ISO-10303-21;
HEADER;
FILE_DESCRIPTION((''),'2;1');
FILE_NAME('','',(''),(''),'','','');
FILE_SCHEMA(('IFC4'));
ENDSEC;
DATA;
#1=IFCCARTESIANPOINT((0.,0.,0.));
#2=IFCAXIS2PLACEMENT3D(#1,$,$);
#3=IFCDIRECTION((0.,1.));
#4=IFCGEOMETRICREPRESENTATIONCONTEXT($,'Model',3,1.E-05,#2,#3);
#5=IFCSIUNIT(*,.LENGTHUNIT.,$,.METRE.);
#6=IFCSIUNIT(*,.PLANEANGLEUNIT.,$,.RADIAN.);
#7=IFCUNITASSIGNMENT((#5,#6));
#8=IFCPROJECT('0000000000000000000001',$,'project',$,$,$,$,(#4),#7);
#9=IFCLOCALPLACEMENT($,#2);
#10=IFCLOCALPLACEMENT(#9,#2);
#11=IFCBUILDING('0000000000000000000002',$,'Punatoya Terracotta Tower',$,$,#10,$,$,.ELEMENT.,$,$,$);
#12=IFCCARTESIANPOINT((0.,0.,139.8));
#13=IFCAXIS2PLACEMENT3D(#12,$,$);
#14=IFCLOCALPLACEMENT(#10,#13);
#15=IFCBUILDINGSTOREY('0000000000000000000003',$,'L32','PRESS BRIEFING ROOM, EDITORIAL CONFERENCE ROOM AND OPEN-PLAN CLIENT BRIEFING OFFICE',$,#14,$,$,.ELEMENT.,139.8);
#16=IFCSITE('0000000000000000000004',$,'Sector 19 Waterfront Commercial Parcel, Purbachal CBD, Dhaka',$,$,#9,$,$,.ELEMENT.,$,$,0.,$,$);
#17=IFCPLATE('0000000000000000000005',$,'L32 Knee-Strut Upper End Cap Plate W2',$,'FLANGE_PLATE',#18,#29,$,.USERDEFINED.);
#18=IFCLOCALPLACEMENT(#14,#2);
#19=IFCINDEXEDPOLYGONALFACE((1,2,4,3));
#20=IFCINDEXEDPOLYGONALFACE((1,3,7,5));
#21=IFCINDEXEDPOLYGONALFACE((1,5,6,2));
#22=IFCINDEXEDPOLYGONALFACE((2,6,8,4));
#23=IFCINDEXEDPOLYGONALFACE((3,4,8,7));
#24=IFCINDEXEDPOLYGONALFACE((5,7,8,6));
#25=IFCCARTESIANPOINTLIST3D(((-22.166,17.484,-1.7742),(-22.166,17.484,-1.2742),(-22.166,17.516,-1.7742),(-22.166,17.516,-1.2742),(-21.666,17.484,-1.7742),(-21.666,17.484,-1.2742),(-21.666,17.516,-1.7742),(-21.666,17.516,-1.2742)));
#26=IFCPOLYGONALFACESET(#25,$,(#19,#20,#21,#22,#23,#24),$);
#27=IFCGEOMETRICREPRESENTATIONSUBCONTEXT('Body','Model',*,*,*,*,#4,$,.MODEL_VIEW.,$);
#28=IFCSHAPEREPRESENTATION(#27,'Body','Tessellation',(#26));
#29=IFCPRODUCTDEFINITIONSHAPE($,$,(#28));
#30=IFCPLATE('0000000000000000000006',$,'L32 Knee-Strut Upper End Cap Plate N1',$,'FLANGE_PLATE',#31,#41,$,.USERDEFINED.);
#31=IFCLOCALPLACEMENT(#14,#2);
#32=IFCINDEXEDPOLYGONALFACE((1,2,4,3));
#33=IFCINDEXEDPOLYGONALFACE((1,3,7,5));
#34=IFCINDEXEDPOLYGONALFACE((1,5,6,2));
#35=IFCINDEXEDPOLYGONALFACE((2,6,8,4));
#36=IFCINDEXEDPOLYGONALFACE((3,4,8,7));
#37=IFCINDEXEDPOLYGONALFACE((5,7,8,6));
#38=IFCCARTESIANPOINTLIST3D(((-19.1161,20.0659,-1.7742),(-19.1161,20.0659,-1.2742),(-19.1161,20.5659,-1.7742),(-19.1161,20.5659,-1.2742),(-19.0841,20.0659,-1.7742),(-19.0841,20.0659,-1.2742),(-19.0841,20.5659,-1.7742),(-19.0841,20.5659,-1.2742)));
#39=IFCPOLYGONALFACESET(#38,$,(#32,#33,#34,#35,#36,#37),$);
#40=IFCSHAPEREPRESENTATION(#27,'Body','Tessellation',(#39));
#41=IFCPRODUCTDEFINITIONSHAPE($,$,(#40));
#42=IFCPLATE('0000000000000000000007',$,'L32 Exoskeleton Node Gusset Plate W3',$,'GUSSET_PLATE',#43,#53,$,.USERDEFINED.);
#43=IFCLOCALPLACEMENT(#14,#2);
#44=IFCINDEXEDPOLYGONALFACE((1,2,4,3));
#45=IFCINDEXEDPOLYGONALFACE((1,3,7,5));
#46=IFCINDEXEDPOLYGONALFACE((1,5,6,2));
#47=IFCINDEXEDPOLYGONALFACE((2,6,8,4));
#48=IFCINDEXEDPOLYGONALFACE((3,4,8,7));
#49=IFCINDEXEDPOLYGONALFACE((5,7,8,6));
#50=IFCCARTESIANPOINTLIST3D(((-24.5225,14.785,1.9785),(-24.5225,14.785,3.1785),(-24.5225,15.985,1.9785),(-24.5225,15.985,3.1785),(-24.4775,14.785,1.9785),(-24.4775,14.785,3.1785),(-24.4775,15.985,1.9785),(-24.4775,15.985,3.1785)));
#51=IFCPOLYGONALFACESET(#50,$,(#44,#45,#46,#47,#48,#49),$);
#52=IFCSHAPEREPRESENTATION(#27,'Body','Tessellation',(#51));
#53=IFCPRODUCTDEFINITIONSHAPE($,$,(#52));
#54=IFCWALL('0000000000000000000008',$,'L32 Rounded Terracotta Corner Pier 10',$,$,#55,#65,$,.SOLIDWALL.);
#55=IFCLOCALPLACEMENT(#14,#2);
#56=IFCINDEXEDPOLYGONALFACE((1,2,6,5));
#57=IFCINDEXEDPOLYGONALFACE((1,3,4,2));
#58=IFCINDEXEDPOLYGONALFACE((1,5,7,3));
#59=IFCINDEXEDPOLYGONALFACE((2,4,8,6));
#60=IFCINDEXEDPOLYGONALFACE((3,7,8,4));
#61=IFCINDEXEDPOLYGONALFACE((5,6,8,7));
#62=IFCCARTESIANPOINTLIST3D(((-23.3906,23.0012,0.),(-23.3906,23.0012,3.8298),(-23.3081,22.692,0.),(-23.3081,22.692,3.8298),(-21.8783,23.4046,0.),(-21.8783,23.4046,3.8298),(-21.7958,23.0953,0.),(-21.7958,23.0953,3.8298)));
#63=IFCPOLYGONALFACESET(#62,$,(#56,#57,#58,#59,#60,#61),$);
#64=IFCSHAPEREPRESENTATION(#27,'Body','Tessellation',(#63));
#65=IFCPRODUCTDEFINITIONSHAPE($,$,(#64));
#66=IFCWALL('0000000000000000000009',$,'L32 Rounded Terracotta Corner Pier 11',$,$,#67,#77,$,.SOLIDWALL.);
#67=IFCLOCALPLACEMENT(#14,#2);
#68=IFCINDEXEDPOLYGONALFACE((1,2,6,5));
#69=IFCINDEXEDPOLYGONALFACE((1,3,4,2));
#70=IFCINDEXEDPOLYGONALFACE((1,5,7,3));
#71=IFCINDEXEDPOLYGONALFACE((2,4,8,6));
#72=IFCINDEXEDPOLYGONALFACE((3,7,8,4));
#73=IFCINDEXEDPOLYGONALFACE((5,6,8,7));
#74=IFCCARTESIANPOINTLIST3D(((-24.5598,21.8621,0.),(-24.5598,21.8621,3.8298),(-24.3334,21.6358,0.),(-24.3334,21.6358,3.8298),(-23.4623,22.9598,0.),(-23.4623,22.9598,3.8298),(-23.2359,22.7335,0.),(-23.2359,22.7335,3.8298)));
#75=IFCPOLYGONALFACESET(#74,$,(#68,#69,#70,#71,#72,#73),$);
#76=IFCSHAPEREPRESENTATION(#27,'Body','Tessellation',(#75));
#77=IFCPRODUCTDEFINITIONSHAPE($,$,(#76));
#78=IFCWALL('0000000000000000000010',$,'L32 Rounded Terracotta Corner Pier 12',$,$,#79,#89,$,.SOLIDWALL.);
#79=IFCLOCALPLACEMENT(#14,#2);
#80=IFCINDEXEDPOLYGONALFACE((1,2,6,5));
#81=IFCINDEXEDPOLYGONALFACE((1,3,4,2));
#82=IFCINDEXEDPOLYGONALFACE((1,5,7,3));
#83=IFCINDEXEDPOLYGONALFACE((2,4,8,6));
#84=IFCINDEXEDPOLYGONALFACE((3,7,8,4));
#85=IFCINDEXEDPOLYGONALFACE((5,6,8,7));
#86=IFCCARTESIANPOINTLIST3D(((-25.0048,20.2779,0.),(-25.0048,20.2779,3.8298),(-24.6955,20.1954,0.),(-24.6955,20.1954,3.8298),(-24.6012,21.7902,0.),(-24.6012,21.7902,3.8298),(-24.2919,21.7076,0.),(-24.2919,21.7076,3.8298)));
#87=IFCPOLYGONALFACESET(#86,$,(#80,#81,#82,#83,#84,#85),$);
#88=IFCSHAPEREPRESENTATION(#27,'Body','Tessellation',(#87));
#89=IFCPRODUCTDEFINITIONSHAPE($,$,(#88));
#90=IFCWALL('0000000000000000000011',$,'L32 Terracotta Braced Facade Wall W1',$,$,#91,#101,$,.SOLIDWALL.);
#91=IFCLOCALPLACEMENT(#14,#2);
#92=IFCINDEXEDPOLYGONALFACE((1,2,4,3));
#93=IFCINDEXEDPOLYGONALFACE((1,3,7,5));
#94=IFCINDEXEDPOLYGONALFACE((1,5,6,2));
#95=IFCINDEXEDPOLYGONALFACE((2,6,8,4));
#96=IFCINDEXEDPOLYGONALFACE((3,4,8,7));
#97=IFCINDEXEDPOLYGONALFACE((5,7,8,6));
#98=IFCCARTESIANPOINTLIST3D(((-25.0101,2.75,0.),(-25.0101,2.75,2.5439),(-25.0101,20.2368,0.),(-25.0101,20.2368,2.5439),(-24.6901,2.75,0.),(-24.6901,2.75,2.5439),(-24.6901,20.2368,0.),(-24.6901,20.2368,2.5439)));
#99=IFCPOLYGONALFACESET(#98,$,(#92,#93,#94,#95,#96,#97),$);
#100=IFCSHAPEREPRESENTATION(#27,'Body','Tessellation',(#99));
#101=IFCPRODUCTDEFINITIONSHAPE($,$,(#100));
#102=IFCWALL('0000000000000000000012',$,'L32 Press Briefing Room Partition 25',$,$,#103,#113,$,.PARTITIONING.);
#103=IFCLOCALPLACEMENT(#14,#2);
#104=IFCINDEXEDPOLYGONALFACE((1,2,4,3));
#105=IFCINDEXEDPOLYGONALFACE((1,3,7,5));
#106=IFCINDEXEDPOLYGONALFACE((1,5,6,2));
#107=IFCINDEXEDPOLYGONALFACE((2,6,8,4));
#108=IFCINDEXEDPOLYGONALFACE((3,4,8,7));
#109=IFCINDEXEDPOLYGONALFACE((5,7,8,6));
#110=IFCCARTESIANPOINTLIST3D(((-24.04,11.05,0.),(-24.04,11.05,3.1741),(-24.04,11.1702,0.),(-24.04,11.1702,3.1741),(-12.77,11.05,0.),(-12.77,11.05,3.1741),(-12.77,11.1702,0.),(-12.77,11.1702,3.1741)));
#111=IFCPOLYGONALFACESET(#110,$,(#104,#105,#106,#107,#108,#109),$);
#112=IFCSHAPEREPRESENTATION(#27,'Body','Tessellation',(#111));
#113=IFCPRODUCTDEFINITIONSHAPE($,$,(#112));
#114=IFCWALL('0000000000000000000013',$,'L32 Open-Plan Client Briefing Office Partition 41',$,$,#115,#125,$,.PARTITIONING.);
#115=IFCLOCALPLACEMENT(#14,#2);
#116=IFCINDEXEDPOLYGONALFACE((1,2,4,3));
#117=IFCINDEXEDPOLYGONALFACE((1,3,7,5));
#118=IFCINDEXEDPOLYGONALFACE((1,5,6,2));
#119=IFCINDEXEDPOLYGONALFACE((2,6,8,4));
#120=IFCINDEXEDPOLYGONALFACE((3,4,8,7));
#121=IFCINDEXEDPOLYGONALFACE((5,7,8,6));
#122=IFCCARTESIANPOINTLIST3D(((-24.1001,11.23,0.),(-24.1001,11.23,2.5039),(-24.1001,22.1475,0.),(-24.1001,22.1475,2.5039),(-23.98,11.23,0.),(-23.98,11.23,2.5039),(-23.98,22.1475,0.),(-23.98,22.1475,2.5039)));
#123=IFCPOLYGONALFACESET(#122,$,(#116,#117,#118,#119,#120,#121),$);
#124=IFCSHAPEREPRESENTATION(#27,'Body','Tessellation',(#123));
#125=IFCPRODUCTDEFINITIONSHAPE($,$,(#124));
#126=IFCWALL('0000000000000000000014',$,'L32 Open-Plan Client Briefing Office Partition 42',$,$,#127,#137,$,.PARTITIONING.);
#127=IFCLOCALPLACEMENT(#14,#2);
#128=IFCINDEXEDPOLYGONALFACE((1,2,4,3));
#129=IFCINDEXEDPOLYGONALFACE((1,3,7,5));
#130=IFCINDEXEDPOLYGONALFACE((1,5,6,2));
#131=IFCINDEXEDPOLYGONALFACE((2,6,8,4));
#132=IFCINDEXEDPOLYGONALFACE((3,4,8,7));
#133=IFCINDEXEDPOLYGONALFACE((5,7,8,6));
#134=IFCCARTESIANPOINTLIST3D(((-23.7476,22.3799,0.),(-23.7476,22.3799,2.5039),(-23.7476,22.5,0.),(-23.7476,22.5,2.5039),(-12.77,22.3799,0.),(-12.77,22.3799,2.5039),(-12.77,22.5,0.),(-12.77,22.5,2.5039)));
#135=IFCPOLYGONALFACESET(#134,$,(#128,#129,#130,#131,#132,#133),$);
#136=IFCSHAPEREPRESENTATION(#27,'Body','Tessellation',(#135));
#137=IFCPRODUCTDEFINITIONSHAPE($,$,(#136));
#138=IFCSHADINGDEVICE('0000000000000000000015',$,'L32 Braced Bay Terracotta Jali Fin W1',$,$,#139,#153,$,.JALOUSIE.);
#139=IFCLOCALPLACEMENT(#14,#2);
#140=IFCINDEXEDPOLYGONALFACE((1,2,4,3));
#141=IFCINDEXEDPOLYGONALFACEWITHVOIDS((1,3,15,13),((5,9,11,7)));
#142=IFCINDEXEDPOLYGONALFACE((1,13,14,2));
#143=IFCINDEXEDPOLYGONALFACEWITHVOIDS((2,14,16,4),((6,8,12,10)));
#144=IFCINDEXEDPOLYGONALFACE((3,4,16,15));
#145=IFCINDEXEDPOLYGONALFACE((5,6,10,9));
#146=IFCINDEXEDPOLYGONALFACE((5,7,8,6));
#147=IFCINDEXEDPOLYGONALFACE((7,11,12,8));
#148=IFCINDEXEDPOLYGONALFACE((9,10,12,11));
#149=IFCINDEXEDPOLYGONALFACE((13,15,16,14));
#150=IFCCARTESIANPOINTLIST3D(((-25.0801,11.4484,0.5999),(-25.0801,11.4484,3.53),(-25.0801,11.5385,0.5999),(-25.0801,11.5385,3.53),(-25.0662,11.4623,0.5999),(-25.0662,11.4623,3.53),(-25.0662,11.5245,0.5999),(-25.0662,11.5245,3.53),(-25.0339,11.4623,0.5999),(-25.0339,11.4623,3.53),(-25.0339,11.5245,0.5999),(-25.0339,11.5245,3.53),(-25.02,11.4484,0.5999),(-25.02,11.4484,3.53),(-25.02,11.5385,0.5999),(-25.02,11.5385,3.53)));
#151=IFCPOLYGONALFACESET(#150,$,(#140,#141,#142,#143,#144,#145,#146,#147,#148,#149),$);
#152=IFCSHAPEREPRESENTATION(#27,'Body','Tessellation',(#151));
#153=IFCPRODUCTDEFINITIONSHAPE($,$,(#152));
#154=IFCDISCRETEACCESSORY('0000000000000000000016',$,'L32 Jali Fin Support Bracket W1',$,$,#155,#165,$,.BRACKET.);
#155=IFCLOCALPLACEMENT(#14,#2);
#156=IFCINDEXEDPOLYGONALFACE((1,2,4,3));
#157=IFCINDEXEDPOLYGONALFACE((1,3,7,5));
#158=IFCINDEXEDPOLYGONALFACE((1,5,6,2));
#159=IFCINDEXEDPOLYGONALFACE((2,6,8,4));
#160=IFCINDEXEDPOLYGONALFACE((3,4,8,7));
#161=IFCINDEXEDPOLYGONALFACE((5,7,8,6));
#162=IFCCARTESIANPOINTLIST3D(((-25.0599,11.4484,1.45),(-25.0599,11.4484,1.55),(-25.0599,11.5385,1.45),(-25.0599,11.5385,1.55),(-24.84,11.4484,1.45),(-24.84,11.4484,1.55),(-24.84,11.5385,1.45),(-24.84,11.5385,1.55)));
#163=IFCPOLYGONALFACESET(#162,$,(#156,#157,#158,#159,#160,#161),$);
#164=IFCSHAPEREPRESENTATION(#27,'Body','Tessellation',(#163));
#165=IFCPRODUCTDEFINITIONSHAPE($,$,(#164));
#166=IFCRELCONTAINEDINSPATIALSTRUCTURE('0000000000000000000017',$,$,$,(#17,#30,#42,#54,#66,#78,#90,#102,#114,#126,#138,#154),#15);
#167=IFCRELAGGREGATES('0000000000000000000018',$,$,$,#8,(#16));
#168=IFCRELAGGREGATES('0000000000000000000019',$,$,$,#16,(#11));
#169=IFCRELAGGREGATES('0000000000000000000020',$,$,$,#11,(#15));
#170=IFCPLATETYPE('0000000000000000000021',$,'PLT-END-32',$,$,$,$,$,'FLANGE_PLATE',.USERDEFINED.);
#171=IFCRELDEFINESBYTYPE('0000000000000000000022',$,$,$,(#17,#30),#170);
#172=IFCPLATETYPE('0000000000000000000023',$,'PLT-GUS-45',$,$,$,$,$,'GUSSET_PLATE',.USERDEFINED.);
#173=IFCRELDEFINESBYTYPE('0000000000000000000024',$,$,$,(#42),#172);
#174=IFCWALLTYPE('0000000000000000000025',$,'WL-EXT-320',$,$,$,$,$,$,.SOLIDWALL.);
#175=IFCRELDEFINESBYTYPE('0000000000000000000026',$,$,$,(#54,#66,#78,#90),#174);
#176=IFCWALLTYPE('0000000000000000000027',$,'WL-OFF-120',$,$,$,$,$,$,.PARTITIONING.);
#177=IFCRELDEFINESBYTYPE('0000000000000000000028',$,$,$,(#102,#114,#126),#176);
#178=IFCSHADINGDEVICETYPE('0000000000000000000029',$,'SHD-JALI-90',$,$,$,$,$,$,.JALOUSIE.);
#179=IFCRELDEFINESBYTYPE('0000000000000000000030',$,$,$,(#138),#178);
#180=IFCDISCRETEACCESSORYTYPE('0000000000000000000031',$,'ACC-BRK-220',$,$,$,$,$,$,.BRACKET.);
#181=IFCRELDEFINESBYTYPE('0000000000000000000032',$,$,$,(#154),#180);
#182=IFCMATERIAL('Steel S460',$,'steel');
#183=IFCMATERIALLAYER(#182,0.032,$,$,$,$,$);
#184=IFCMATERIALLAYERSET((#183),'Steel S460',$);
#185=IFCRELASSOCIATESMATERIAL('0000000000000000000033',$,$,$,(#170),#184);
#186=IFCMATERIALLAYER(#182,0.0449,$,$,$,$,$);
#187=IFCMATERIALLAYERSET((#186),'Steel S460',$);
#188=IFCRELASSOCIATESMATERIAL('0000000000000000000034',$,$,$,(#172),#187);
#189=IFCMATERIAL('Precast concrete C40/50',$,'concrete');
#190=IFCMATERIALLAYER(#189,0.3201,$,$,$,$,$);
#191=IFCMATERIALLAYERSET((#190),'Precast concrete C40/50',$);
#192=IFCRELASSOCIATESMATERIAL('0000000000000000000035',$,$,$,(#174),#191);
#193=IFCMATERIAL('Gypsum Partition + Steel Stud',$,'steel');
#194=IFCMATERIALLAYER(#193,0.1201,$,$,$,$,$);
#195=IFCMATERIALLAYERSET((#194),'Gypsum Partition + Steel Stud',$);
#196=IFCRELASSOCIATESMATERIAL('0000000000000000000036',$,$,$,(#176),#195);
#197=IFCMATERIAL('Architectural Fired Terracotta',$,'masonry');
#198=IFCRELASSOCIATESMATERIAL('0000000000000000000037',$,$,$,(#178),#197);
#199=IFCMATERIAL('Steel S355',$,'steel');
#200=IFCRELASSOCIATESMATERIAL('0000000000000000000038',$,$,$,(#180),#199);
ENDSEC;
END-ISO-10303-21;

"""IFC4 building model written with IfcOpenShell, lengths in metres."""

from ifc_helpers import new_model, si_unit, direction, frame, frame_2d, origin, origin_2d, place, context, subcontext, project, spatial, rectangle, hollow_rectangle, extrude, material, layer, layer_set, material_profile, profile_set, type_object, element, save


model = new_model("IFC4")

# Units and contexts
model_context = context("Model", 3, precision=1e-05, world=origin(), true_north=direction((0.0, 1.0)))
body_context = subcontext(model_context, "Body", "Model", "MODEL_VIEW")
ifc_project = project(units=[si_unit("LENGTHUNIT", "METRE"), si_unit("PLANEANGLEUNIT", "RADIAN")], contexts=[model_context])

# Site, building, storey
site_placement = place(None, origin())
site = spatial("IfcSite", under=ifc_project, at=site_placement, Name="Sector 19 Waterfront Commercial Parcel, Purbachal CBD, Dhaka", CompositionType="ELEMENT", RefElevation=0.0)
building_placement = place(site_placement, origin())
building = spatial("IfcBuilding", under=site, at=building_placement, Name="Punatoya Terracotta Tower", CompositionType="ELEMENT")
storey_placement = place(building_placement, frame((0.0, 0.0, 139.8)))
storey = spatial("IfcBuildingStorey", under=building, at=storey_placement, Name="L32", Description="PRESS BRIEFING ROOM, EDITORIAL CONFERENCE ROOM AND OPEN-PLAN CLIENT BRIEFING OFFICE", CompositionType="ELEMENT", Elevation=139.8)

# Shared definitions
ifc_material_1 = material(Name="Steel S460", Category="steel")

# Shared definitions
ifc_material_2 = material(Name="Steel S355", Category="steel")

# Plates
ifc_layer_1 = layer(ifc_material_1, 0.032)
ifc_layer_set_1 = layer_set([ifc_layer_1], Name="Steel S460")
plate_type_1 = type_object("IfcPlateType", Name="PLT-END-32", ElementType="FLANGE_PLATE", PredefinedType="USERDEFINED", material=ifc_layer_set_1)
for number, where, z_axis, x_axis, name in (
    (1, (-21.916, 17.5, -1.7742), (0.0, 0.0, 1.0), (1.0, 0.0, 0.0), "L32 Knee-Strut Upper End Cap Plate W2"),
    (2, (-19.1001, 20.3159, -1.7742), (0.0, 0.0, 1.0), (0.0, 1.0, 0.0), "L32 Knee-Strut Upper End Cap Plate N1"),
):
    element("IfcPlate", number, at=place(storey_placement, frame(where, z_axis=z_axis, x_axis=x_axis)), inside=storey, type_object=plate_type_1, Name=name, ObjectType="FLANGE_PLATE", PredefinedType="USERDEFINED", context=body_context, shape_type="SweptSolid", body=[
        extrude(rectangle(XDim=0.5, YDim=0.032, at=origin_2d()), origin(), (0.0, 0.0, 1.0), 0.5),
    ])
ifc_layer_2 = layer(ifc_material_1, 0.0449)
ifc_layer_set_2 = layer_set([ifc_layer_2], Name="Steel S460")
plate_type_2 = type_object("IfcPlateType", Name="PLT-GUS-45", ElementType="GUSSET_PLATE", PredefinedType="USERDEFINED", material=ifc_layer_set_2)
plate_placement = place(storey_placement, frame((-24.5, 15.385, 1.9785), z_axis=(0.0, 0.0, 1.0), x_axis=(0.0, 1.0, 0.0)))
element("IfcPlate", 3, at=plate_placement, inside=storey, type_object=plate_type_2, Name="L32 Exoskeleton Node Gusset Plate W3", ObjectType="GUSSET_PLATE", PredefinedType="USERDEFINED", context=body_context, shape_type="SweptSolid", body=[
    extrude(rectangle(XDim=1.2, YDim=0.0449, at=origin_2d()), origin(), (0.0, 0.0, 1.0), 1.2),
])

# Walls
ifc_material_3 = material(Name="Precast concrete C40/50", Category="concrete")
ifc_layer_3 = layer(ifc_material_3, 0.3201)
ifc_layer_set_3 = layer_set([ifc_layer_3], Name="Precast concrete C40/50")
wall_type_1 = type_object("IfcWallType", Name="WL-EXT-320", PredefinedType="SOLIDWALL", material=ifc_layer_set_3)
wall_1_placement = place(storey_placement, frame((-21.8369, 23.25, 0.0), z_axis=(0.0, 0.0, 1.0), x_axis=(-0.966225, -0.257701, 0.0)))
element("IfcWall", 4, at=wall_1_placement, inside=storey, type_object=wall_type_1, Name="L32 Rounded Terracotta Corner Pier 10", PredefinedType="SOLIDWALL", context=body_context, shape_type="SweptSolid", body=[
    extrude(rectangle(XDim=1.5652, YDim=0.3201, at=frame_2d((0.7827, 0.0))), origin(), (0.0, 0.0, 1.0), 3.8298),
])
wall_2_placement = place(storey_placement, frame((-23.3491, 22.8467, 0.0), z_axis=(0.0, 0.0, 1.0), x_axis=(-0.707028, -0.707185, 0.0)))
element("IfcWall", 5, at=wall_2_placement, inside=storey, type_object=wall_type_1, Name="L32 Rounded Terracotta Corner Pier 11", PredefinedType="SOLIDWALL", context=body_context, shape_type="SweptSolid", body=[
    extrude(rectangle(XDim=1.5522, YDim=0.3201, at=frame_2d((0.7761, 0.0))), origin(), (0.0, 0.0, 1.0), 3.8298),
])
wall_3_placement = place(storey_placement, frame((-24.4465, 21.749, 0.0), z_axis=(0.0, 0.0, 1.0), x_axis=(-0.257847, -0.966186, 0.0)))
element("IfcWall", 6, at=wall_3_placement, inside=storey, type_object=wall_type_1, Name="L32 Rounded Terracotta Corner Pier 12", PredefinedType="SOLIDWALL", context=body_context, shape_type="SweptSolid", body=[
    extrude(rectangle(XDim=1.5652, YDim=0.3201, at=frame_2d((0.7827, 0.0))), origin(), (0.0, 0.0, 1.0), 3.8298),
])
wall_4_placement = place(storey_placement, frame((-24.8501, 20.2368, 0.0), z_axis=(0.0, 0.0, 1.0), x_axis=(0.0, -1.0, 0.0)))
element("IfcWall", 7, at=wall_4_placement, inside=storey, type_object=wall_type_1, Name="L32 Terracotta Braced Facade Wall W1", PredefinedType="SOLIDWALL", context=body_context, shape_type="SweptSolid", body=[
    extrude(rectangle(XDim=17.4868, YDim=0.3201, at=frame_2d((8.7434, 0.0))), origin(), (0.0, 0.0, 1.0), 2.5439),
])
ifc_material_4 = material(Name="Gypsum Partition + Steel Stud", Category="steel")
ifc_layer_4 = layer(ifc_material_4, 0.1201)
ifc_layer_set_4 = layer_set([ifc_layer_4], Name="Gypsum Partition + Steel Stud")
wall_type_2 = type_object("IfcWallType", Name="WL-OFF-120", PredefinedType="PARTITIONING", material=ifc_layer_set_4)
wall_5_placement = place(storey_placement, frame((-24.04, 11.1101, 0.0), z_axis=(0.0, 0.0, 1.0), x_axis=(1.0, 0.0, 0.0)))
element("IfcWall", 8, at=wall_5_placement, inside=storey, type_object=wall_type_2, Name="L32 Press Briefing Room Partition 25", PredefinedType="PARTITIONING", context=body_context, shape_type="SweptSolid", body=[
    extrude(rectangle(XDim=11.27, YDim=0.1201, at=frame_2d((5.635, 0.0))), origin(), (0.0, 0.0, 1.0), 3.1741),
])
wall_6_placement = place(storey_placement, frame((-24.04, 11.23, 0.0), z_axis=(0.0, 0.0, 1.0), x_axis=(0.0, 1.0, 0.0)))
element("IfcWall", 9, at=wall_6_placement, inside=storey, type_object=wall_type_2, Name="L32 Open-Plan Client Briefing Office Partition 41", PredefinedType="PARTITIONING", context=body_context, shape_type="SweptSolid", body=[
    extrude(rectangle(XDim=10.9175, YDim=0.1201, at=frame_2d((5.4587, 0.0))), origin(), (0.0, 0.0, 1.0), 2.5039),
])
wall_7_placement = place(storey_placement, frame((-23.7476, 22.4399, 0.0), z_axis=(0.0, 0.0, 1.0), x_axis=(1.0, 0.0, 0.0)))
element("IfcWall", 10, at=wall_7_placement, inside=storey, type_object=wall_type_2, Name="L32 Open-Plan Client Briefing Office Partition 42", PredefinedType="PARTITIONING", context=body_context, shape_type="SweptSolid", body=[
    extrude(rectangle(XDim=10.9775, YDim=0.1201, at=frame_2d((5.4888, 0.0))), origin(), (0.0, 0.0, 1.0), 2.5039),
])

# Shading device
ifc_material_5 = material(Name="Architectural Fired Terracotta", Category="masonry")
ifc_material_profile_1 = material_profile(ifc_material_5, hollow_rectangle(XDim=0.0601, YDim=0.0901, WallThickness=0.0139, at=origin_2d()))
ifc_profile_set_1 = profile_set([ifc_material_profile_1], Name="Architectural Fired Terracotta")
shading_device_type = type_object("IfcShadingDeviceType", Name="SHD-JALI-90", PredefinedType="JALOUSIE", material=ifc_profile_set_1)
shading_device_placement = place(storey_placement, frame((-25.05, 11.4934, 0.5999), z_axis=(0.0, 0.0, 1.0), x_axis=(1.0, 0.0, 0.0)))
element("IfcShadingDevice", 11, at=shading_device_placement, inside=storey, type_object=shading_device_type, Name="L32 Braced Bay Terracotta Jali Fin W1", PredefinedType="JALOUSIE", context=body_context, shape_type="SweptSolid", body=[
    extrude(hollow_rectangle(XDim=0.0601, YDim=0.0901, WallThickness=0.0139, at=origin_2d()), origin(), (0.0, 0.0, 1.0), 2.9302),
])

# Discrete accessory
discrete_accessory_type = type_object("IfcDiscreteAccessoryType", Name="ACC-BRK-220", PredefinedType="BRACKET", material=ifc_material_2)
discrete_accessory_placement = place(storey_placement, frame((-24.95, 11.4934, 1.45), z_axis=(0.0, 0.0, 1.0), x_axis=(0.0, -1.0, 0.0)))
element("IfcDiscreteAccessory", 12, at=discrete_accessory_placement, inside=storey, type_object=discrete_accessory_type, Name="L32 Jali Fin Support Bracket W1", PredefinedType="BRACKET", context=body_context, shape_type="SweptSolid", body=[
    extrude(rectangle(XDim=0.0901, YDim=0.22, at=origin_2d()), origin(), (0.0, 0.0, 1.0), 0.1001),
])

save(model, "model.ifc")
